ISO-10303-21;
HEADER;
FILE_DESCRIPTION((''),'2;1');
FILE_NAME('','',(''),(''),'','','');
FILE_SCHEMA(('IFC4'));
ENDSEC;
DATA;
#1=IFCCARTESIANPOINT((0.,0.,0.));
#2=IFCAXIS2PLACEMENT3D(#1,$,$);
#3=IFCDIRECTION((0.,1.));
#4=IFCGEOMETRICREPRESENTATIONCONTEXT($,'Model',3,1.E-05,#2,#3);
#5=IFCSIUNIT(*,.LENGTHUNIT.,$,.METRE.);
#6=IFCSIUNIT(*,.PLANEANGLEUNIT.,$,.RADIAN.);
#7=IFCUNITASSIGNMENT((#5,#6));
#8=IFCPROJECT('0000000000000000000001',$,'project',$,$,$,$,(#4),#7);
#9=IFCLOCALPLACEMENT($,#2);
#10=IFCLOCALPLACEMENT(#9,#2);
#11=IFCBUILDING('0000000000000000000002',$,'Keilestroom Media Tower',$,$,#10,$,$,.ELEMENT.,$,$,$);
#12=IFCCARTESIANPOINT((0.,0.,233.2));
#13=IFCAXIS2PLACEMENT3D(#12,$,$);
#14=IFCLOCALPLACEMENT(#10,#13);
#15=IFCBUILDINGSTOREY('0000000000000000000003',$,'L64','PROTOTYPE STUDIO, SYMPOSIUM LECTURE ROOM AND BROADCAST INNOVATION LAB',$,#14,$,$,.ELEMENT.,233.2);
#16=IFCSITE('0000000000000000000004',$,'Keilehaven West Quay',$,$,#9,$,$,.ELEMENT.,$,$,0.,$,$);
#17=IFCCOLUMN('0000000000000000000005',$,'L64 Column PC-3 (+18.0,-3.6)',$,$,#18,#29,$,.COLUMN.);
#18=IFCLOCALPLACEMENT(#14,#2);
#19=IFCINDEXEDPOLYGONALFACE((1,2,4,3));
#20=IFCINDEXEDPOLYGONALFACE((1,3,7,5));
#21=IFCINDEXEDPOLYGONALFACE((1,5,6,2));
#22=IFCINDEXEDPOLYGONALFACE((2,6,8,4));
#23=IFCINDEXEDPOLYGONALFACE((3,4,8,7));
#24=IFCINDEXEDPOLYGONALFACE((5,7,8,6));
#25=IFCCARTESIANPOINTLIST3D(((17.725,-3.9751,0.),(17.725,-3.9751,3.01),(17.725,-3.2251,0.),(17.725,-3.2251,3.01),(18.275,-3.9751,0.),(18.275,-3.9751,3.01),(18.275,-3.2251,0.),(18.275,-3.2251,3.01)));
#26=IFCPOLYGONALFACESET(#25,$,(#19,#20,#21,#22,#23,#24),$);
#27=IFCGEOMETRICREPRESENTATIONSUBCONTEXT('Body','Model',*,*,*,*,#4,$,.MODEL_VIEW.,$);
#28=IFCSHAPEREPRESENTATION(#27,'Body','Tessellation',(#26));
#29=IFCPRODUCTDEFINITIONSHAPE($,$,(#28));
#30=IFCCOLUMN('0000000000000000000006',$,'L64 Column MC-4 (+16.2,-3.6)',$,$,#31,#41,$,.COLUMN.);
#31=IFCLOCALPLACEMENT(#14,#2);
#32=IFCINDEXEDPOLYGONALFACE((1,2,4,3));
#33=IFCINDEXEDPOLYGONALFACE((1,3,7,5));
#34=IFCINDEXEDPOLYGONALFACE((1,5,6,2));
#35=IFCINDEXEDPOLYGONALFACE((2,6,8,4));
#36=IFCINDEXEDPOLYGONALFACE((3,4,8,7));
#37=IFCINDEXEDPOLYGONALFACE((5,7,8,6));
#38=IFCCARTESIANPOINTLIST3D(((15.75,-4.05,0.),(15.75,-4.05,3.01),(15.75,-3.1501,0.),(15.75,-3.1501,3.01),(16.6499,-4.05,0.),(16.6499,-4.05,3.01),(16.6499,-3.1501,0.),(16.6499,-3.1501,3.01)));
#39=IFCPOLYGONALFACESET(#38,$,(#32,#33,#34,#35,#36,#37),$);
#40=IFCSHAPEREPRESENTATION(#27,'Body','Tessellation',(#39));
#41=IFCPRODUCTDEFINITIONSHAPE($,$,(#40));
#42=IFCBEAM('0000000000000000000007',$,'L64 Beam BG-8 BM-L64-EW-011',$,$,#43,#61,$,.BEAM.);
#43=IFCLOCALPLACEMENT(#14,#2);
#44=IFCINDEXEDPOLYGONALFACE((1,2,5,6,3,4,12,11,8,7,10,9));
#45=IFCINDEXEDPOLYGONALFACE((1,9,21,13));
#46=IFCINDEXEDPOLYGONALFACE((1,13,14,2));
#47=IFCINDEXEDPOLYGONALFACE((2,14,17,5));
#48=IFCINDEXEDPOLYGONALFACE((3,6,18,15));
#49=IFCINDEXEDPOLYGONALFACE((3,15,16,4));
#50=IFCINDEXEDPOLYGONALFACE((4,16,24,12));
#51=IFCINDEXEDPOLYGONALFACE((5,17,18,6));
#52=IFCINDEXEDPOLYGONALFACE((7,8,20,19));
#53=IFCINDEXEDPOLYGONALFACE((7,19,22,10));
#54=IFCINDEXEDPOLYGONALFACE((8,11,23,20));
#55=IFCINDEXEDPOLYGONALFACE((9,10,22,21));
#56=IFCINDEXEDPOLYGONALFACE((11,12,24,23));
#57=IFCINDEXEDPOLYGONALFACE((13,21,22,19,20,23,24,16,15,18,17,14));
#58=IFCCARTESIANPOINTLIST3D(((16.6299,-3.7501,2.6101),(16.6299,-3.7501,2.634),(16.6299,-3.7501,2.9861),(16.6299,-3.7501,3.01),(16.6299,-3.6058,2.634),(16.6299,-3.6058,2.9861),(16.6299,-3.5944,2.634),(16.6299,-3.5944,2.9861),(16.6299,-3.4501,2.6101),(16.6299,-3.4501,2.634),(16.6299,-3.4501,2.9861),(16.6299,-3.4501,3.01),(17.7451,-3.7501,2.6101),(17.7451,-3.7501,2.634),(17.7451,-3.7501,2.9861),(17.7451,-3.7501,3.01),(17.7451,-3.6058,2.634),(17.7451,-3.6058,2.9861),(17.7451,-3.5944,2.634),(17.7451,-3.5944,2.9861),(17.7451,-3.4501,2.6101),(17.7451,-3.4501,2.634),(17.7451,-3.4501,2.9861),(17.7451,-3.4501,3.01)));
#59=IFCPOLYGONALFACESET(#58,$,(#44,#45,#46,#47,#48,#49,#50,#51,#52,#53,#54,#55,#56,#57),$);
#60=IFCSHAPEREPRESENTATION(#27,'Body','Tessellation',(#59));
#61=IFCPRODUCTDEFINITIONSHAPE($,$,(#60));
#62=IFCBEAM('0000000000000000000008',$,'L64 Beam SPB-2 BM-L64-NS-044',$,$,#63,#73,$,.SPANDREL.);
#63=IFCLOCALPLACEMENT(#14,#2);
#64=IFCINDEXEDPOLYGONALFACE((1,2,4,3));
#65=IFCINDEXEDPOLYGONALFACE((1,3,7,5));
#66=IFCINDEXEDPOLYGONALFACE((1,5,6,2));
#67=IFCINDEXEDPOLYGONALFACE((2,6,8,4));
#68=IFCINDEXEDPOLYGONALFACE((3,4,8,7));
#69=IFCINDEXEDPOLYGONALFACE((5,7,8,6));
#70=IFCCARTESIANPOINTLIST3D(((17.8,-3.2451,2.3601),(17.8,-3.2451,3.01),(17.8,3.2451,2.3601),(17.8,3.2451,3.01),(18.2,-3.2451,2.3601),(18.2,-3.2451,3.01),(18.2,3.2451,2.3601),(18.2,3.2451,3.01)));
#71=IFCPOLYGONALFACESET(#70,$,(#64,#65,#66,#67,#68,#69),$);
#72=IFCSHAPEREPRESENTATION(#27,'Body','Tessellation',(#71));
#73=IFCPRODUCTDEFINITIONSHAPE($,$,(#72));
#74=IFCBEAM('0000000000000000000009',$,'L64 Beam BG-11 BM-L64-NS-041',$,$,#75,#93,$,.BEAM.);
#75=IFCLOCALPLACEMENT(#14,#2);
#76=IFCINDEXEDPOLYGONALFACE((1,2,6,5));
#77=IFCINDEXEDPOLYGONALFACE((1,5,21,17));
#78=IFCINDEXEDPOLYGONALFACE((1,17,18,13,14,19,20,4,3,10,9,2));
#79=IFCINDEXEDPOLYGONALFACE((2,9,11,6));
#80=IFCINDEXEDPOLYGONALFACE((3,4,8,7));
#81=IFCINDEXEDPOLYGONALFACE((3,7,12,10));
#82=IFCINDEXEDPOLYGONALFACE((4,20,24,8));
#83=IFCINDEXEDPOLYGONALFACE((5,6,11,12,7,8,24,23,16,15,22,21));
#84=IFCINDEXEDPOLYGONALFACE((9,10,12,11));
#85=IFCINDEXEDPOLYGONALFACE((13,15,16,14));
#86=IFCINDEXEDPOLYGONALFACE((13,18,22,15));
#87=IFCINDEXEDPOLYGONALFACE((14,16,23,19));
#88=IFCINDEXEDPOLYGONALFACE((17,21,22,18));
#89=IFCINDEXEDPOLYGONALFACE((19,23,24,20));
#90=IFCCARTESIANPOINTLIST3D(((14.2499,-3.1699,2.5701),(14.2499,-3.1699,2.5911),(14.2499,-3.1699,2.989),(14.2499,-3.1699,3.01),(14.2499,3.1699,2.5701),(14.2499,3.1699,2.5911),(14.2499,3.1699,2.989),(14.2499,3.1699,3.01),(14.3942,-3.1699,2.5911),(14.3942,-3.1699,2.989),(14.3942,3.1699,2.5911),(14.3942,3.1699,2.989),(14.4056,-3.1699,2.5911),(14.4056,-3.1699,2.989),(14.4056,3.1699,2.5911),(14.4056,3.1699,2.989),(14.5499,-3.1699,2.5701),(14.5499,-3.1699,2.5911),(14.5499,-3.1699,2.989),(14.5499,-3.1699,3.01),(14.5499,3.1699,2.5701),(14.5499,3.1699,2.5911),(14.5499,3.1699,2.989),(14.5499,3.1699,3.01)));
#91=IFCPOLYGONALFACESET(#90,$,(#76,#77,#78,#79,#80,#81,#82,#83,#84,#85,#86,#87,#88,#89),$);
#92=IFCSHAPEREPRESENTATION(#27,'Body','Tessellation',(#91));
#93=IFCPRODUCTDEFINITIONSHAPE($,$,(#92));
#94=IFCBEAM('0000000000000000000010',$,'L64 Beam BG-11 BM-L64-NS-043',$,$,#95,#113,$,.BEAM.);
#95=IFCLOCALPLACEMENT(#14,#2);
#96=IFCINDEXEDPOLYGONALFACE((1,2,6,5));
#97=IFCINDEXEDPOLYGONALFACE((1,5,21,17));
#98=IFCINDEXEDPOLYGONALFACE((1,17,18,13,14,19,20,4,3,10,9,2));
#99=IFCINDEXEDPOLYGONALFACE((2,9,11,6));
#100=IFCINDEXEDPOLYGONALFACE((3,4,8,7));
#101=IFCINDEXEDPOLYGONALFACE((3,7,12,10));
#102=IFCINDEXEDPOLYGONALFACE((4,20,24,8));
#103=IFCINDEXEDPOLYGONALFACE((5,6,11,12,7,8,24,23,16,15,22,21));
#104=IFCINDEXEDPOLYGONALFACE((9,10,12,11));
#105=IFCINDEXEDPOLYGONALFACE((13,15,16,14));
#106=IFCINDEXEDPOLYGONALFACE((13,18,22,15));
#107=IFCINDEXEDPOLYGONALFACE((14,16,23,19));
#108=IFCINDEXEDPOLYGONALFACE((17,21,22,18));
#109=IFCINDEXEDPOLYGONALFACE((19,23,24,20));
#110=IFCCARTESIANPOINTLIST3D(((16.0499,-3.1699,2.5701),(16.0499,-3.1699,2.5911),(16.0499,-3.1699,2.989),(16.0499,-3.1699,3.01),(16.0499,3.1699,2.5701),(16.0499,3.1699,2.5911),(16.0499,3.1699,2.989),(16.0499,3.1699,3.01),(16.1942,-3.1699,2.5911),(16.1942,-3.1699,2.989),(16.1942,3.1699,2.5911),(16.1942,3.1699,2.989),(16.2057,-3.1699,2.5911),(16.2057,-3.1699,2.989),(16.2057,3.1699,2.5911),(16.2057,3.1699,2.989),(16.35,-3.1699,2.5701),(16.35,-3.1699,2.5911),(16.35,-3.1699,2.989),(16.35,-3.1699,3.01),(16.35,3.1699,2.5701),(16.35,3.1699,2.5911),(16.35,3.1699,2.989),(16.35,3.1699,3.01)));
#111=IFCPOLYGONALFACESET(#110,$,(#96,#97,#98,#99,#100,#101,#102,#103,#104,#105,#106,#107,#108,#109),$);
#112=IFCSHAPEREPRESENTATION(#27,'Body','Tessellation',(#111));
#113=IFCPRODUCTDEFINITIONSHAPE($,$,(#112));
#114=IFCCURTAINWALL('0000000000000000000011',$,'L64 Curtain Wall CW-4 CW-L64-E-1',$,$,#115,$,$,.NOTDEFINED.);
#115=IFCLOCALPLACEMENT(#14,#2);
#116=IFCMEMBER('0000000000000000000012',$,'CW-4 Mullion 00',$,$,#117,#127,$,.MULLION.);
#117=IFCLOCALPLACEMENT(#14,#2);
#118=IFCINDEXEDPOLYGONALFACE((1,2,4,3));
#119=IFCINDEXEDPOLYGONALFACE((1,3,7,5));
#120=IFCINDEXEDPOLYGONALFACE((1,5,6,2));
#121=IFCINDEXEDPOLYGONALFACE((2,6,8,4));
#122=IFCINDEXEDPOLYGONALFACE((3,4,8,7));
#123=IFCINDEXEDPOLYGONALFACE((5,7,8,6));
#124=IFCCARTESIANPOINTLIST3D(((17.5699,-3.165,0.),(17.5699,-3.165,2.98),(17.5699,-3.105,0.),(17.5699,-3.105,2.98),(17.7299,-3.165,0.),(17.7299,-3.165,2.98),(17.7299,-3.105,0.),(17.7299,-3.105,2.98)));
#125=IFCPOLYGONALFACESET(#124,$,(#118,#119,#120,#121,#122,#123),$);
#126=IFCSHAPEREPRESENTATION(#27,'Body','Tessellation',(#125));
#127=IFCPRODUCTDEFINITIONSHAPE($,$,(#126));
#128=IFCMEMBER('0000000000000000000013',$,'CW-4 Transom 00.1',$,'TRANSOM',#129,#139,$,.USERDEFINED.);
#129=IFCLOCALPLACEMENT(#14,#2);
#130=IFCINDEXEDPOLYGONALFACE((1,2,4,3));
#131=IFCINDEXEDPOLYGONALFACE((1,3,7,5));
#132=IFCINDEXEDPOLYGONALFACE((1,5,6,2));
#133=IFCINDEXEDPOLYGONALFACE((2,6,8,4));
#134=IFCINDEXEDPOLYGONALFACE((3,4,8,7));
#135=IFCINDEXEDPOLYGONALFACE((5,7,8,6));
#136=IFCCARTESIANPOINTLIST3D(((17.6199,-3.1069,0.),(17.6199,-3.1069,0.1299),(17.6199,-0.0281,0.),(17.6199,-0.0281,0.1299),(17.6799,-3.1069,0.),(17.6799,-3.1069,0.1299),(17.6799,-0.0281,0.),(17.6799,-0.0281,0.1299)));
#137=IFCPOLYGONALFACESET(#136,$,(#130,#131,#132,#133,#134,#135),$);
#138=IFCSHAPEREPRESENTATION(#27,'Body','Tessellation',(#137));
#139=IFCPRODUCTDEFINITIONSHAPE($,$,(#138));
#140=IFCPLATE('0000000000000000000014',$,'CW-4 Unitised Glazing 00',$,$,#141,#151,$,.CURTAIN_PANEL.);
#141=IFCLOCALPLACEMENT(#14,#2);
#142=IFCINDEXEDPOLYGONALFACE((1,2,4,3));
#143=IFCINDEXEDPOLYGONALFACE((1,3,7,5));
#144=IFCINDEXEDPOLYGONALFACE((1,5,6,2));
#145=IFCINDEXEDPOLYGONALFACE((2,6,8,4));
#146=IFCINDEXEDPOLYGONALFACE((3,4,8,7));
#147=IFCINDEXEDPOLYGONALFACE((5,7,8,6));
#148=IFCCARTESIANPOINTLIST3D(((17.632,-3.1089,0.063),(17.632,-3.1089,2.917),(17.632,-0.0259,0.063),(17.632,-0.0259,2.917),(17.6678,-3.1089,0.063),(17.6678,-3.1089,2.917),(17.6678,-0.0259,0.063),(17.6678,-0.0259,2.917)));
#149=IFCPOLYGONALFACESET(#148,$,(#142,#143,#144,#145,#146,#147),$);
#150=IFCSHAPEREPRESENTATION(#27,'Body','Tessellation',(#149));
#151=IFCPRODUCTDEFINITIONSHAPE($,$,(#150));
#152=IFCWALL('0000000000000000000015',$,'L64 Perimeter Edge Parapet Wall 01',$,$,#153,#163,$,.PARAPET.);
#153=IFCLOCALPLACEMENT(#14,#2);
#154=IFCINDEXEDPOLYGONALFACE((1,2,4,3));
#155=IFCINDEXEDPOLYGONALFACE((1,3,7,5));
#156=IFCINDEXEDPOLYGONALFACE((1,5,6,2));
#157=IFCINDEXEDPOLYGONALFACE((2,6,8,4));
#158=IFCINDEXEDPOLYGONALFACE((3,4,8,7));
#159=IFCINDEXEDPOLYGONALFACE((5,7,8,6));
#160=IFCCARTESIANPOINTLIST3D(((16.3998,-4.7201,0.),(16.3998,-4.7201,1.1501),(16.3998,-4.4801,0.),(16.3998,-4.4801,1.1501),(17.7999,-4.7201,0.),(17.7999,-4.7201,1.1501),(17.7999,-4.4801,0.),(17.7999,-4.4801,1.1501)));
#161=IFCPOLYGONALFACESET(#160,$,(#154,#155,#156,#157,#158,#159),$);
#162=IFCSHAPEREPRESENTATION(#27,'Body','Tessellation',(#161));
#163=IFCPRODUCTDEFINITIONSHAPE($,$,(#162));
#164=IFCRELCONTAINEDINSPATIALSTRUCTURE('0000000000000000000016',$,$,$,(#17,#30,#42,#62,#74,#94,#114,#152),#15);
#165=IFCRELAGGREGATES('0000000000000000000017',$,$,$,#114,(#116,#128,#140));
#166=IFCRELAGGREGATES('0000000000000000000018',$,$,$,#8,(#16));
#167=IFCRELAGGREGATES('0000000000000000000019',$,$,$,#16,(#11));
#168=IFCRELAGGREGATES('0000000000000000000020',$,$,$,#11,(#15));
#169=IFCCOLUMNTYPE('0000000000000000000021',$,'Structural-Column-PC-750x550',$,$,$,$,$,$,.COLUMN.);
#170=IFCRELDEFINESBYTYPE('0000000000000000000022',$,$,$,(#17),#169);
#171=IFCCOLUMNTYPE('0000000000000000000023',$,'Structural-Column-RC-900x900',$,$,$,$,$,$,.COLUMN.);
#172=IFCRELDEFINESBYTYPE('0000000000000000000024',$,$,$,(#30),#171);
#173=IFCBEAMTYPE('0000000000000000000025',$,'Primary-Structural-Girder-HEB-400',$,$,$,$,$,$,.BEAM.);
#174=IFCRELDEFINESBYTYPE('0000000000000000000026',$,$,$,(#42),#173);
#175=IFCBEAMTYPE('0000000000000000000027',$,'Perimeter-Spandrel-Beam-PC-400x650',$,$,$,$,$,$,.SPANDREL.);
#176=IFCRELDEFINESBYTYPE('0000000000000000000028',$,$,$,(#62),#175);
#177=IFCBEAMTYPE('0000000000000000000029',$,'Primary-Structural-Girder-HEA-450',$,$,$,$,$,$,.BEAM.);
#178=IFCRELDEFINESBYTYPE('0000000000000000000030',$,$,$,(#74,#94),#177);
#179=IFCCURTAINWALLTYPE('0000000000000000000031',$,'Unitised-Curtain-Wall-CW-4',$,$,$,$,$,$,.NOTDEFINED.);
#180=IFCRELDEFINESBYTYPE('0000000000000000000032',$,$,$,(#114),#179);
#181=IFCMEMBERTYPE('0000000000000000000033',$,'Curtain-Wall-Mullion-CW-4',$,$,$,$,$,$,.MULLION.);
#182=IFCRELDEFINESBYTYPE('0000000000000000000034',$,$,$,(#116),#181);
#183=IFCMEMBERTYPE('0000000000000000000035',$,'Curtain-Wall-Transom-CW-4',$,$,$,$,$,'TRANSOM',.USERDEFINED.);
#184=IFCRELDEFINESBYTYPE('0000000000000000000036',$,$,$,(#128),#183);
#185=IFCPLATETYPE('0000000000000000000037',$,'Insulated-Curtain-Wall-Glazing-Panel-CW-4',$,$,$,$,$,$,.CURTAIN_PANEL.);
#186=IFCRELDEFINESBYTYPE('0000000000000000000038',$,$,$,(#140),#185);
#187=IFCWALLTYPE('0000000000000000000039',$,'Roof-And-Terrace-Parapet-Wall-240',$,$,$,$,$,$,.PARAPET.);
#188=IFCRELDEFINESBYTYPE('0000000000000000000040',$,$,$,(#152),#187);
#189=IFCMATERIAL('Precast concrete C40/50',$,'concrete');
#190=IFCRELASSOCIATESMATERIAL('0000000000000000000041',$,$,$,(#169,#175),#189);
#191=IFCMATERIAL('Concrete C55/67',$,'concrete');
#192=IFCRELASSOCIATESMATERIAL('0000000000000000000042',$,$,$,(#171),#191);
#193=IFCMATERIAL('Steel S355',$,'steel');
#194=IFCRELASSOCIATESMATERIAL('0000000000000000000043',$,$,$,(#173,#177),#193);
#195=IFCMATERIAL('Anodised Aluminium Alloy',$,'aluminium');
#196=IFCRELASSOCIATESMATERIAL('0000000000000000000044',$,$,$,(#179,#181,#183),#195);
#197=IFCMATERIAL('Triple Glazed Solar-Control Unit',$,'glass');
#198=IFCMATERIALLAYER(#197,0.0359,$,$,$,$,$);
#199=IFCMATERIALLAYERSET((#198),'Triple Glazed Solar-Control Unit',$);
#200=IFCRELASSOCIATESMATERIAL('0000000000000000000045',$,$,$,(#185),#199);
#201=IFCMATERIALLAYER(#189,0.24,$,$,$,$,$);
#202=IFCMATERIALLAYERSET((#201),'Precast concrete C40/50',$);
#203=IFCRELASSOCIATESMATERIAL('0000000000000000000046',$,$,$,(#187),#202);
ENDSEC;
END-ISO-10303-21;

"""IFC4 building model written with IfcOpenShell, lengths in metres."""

from ifc_helpers import new_model, si_unit, direction, frame, frame_2d, origin, origin_2d, place, context, subcontext, project, spatial, rectangle, i_section, extrude, source, transform, mapped, material, layer, layer_set, material_profile, profile_set, type_object, element, aggregate, save


model = new_model("IFC4")

# Units and contexts
model_context = context("Model", 3, precision=1e-05, world=origin(), true_north=direction((0.0, 1.0)))
body_context = subcontext(model_context, "Body", "Model", "MODEL_VIEW")
ifc_project = project(units=[si_unit("LENGTHUNIT", "METRE"), si_unit("PLANEANGLEUNIT", "RADIAN")], contexts=[model_context])

# Site, building, storey
site_placement = place(None, origin())
site = spatial("IfcSite", under=ifc_project, at=site_placement, Name="Keilehaven West Quay", CompositionType="ELEMENT", RefElevation=0.0)
building_placement = place(site_placement, origin())
building = spatial("IfcBuilding", under=site, at=building_placement, Name="Keilestroom Media Tower", CompositionType="ELEMENT")
storey_placement = place(building_placement, frame((0.0, 0.0, 233.2)))
storey = spatial("IfcBuildingStorey", under=building, at=storey_placement, Name="L64", Description="PROTOTYPE STUDIO, SYMPOSIUM LECTURE ROOM AND BROADCAST INNOVATION LAB", CompositionType="ELEMENT", Elevation=233.2)

# Columns
ifc_material_1 = material(Name="Precast concrete C40/50", Category="concrete")
ifc_material_profile_1 = material_profile(ifc_material_1, rectangle(XDim=0.55, YDim=0.75, at=origin_2d()), Name="PC 750x550")
ifc_profile_set_1 = profile_set([ifc_material_profile_1], Name="Precast concrete C40/50")
column_type_1 = type_object("IfcColumnType", Name="Structural-Column-PC-750x550", PredefinedType="COLUMN", material=ifc_profile_set_1)
shared_shape_1 = source(origin(), body_context, "Body", "SweptSolid", [
    extrude(rectangle(XDim=0.55, YDim=0.75, at=origin_2d()), origin(), (0.0, 0.0, 1.0), 3.01),
])
column_1_placement = place(storey_placement, frame((18.0, -3.6001, 0.0), z_axis=(0.0, 0.0, 1.0), x_axis=(1.0, 0.0, 0.0)))
element("IfcColumn", 1, at=column_1_placement, inside=storey, type_object=column_type_1, Name="L64 Column PC-3 (+18.0,-3.6)", PredefinedType="COLUMN", context=body_context, shape_type="MappedRepresentation", body=[
    mapped(shared_shape_1, transform((0.0, 0.0, 0.0), x_axis=(1.0, 0.0, 0.0), y_axis=(0.0, 1.0, 0.0), z_axis=(0.0, 0.0, 1.0), scale=1.0)),
])
ifc_material_2 = material(Name="Concrete C55/67", Category="concrete")
ifc_material_profile_2 = material_profile(ifc_material_2, rectangle(XDim=0.8999, YDim=0.8999, at=origin_2d()), Name="RC 900x900")
ifc_profile_set_2 = profile_set([ifc_material_profile_2], Name="Concrete C55/67")
column_type_2 = type_object("IfcColumnType", Name="Structural-Column-RC-900x900", PredefinedType="COLUMN", material=ifc_profile_set_2)
shared_shape_2 = source(origin(), body_context, "Body", "SweptSolid", [
    extrude(rectangle(XDim=0.8999, YDim=0.8999, at=origin_2d()), origin(), (0.0, 0.0, 1.0), 3.01),
])
column_2_placement = place(storey_placement, frame((16.2, -3.6001, 0.0), z_axis=(0.0, 0.0, 1.0), x_axis=(1.0, 0.0, 0.0)))
element("IfcColumn", 2, at=column_2_placement, inside=storey, type_object=column_type_2, Name="L64 Column MC-4 (+16.2,-3.6)", PredefinedType="COLUMN", context=body_context, shape_type="MappedRepresentation", body=[
    mapped(shared_shape_2, transform((0.0, 0.0, 0.0), x_axis=(1.0, 0.0, 0.0), y_axis=(0.0, 1.0, 0.0), z_axis=(0.0, 0.0, 1.0), scale=1.0)),
])

# Beams
ifc_material_3 = material(Name="Steel S355", Category="steel")
ifc_material_profile_3 = material_profile(ifc_material_3, i_section(OverallWidth=0.3, OverallDepth=0.3999, WebThickness=0.0115, FlangeThickness=0.0239, at=origin_2d()), Name="HEB 400")
ifc_profile_set_3 = profile_set([ifc_material_profile_3], Name="Steel S355")
beam_type_1 = type_object("IfcBeamType", Name="Primary-Structural-Girder-HEB-400", PredefinedType="BEAM", material=ifc_profile_set_3)
shared_shape_3 = source(origin(), body_context, "Body", "SweptSolid", [
    extrude(i_section(OverallWidth=0.3, OverallDepth=0.3999, WebThickness=0.0115, FlangeThickness=0.0239, at=origin_2d()), origin(), (0.0, 0.0, 1.0), 1.1152),
])
beam_1_placement = place(storey_placement, frame((16.6299, -3.6001, 2.8101), z_axis=(1.0, 0.0, 0.0), x_axis=(0.0, 1.0, 0.0)))
element("IfcBeam", 3, at=beam_1_placement, inside=storey, type_object=beam_type_1, Name="L64 Beam BG-8 BM-L64-EW-011", PredefinedType="BEAM", context=body_context, shape_type="MappedRepresentation", body=[
    mapped(shared_shape_3, transform((0.0, 0.0, 0.0), x_axis=(1.0, 0.0, 0.0), y_axis=(0.0, 1.0, 0.0), z_axis=(0.0, 0.0, 1.0), scale=1.0)),
])
ifc_material_profile_4 = material_profile(ifc_material_1, rectangle(XDim=0.3999, YDim=0.6499, at=origin_2d()), Name="PC 400x650")
ifc_profile_set_4 = profile_set([ifc_material_profile_4], Name="Precast concrete C40/50")
beam_type_2 = type_object("IfcBeamType", Name="Perimeter-Spandrel-Beam-PC-400x650", PredefinedType="SPANDREL", material=ifc_profile_set_4)
shared_shape_4 = source(origin(), body_context, "Body", "SweptSolid", [
    extrude(rectangle(XDim=0.3999, YDim=0.6499, at=origin_2d()), origin(), (0.0, 0.0, 1.0), 6.4902),
])
beam_2_placement = place(storey_placement, frame((18.0, -3.2451, 2.6851), z_axis=(0.0, 1.0, 0.0), x_axis=(-1.0, 0.0, 0.0)))
element("IfcBeam", 4, at=beam_2_placement, inside=storey, type_object=beam_type_2, Name="L64 Beam SPB-2 BM-L64-NS-044", PredefinedType="SPANDREL", context=body_context, shape_type="MappedRepresentation", body=[
    mapped(shared_shape_4, transform((0.0, 0.0, 0.0), x_axis=(1.0, 0.0, 0.0), y_axis=(0.0, 1.0, 0.0), z_axis=(0.0, 0.0, 1.0), scale=1.0)),
])
ifc_material_profile_5 = material_profile(ifc_material_3, i_section(OverallWidth=0.3, OverallDepth=0.4399, WebThickness=0.0115, FlangeThickness=0.021, at=origin_2d()), Name="HEA 450")
ifc_profile_set_5 = profile_set([ifc_material_profile_5], Name="Steel S355")
beam_type_3 = type_object("IfcBeamType", Name="Primary-Structural-Girder-HEA-450", PredefinedType="BEAM", material=ifc_profile_set_5)
shared_shape_5 = source(origin(), body_context, "Body", "SweptSolid", [
    extrude(i_section(OverallWidth=0.3, OverallDepth=0.4399, WebThickness=0.0115, FlangeThickness=0.021, at=origin_2d()), origin(), (0.0, 0.0, 1.0), 6.3398),
])
for number, where, z_axis, x_axis, name in (
    (5, (14.3999, -3.1699, 2.79), (0.0, 1.0, 0.0), (-1.0, 0.0, 0.0), "L64 Beam BG-11 BM-L64-NS-041"),
    (6, (16.2, -3.1699, 2.79), (0.0, 1.0, 0.0), (-1.0, 0.0, 0.0), "L64 Beam BG-11 BM-L64-NS-043"),
):
    element("IfcBeam", number, at=place(storey_placement, frame(where, z_axis=z_axis, x_axis=x_axis)), inside=storey, type_object=beam_type_3, Name=name, PredefinedType="BEAM", context=body_context, shape_type="MappedRepresentation", body=[
        mapped(shared_shape_5, transform((0.0, 0.0, 0.0), x_axis=(1.0, 0.0, 0.0), y_axis=(0.0, 1.0, 0.0), z_axis=(0.0, 0.0, 1.0), scale=1.0)),
    ])

# Curtain wall, members, plate
ifc_material_4 = material(Name="Anodised Aluminium Alloy", Category="aluminium")
curtain_wall_type = type_object("IfcCurtainWallType", Name="Unitised-Curtain-Wall-CW-4", PredefinedType="NOTDEFINED", material=ifc_material_4)
curtain_wall_placement = place(storey_placement, origin())
curtain_wall = element("IfcCurtainWall", 7, at=curtain_wall_placement, inside=storey, type_object=curtain_wall_type, Name="L64 Curtain Wall CW-4 CW-L64-E-1", PredefinedType="NOTDEFINED")
ifc_material_profile_6 = material_profile(ifc_material_4, rectangle(XDim=0.0601, YDim=0.1599, at=origin_2d()), Name="ALU MULLION 60x160")
ifc_profile_set_6 = profile_set([ifc_material_profile_6], Name="Anodised Aluminium Alloy")
member_type_1 = type_object("IfcMemberType", Name="Curtain-Wall-Mullion-CW-4", PredefinedType="MULLION", material=ifc_profile_set_6)
shared_shape_6 = source(origin(), body_context, "Body", "SweptSolid", [
    extrude(rectangle(XDim=0.0601, YDim=0.1599, at=origin_2d()), origin(), (0.0, 0.0, 1.0), 2.98),
])
member_1_placement = place(storey_placement, frame((17.6499, -3.135, 0.0), z_axis=(0.0, 0.0, 1.0), x_axis=(0.0, 1.0, 0.0)))
member_1 = element("IfcMember", 8, at=member_1_placement, type_object=member_type_1, Name="CW-4 Mullion 00", PredefinedType="MULLION", context=body_context, shape_type="MappedRepresentation", body=[
    mapped(shared_shape_6, transform((0.0, 0.0, 0.0), x_axis=(1.0, 0.0, 0.0), y_axis=(0.0, 1.0, 0.0), z_axis=(0.0, 0.0, 1.0), scale=1.0)),
])
ifc_material_profile_7 = material_profile(ifc_material_4, rectangle(XDim=0.0601, YDim=0.1299, at=origin_2d()), Name="ALU TRANSOM 60x130")
ifc_profile_set_7 = profile_set([ifc_material_profile_7], Name="Anodised Aluminium Alloy")
member_type_2 = type_object("IfcMemberType", Name="Curtain-Wall-Transom-CW-4", ElementType="TRANSOM", PredefinedType="USERDEFINED", material=ifc_profile_set_7)
shared_shape_7 = source(origin(), body_context, "Body", "SweptSolid", [
    extrude(rectangle(XDim=0.0601, YDim=0.1299, at=origin_2d()), origin(), (0.0, 0.0, 1.0), 3.0789),
])
member_2_placement = place(storey_placement, frame((17.6499, -3.1069, 0.0649), z_axis=(0.0, 1.0, 0.0), x_axis=(-1.0, 0.0, 0.0)))
member_2 = element("IfcMember", 9, at=member_2_placement, type_object=member_type_2, Name="CW-4 Transom 00.1", ObjectType="TRANSOM", PredefinedType="USERDEFINED", context=body_context, shape_type="MappedRepresentation", body=[
    mapped(shared_shape_7, transform((0.0, 0.0, 0.0), x_axis=(1.0, 0.0, 0.0), y_axis=(0.0, 1.0, 0.0), z_axis=(0.0, 0.0, 1.0), scale=1.0)),
])
ifc_material_5 = material(Name="Triple Glazed Solar-Control Unit", Category="glass")
ifc_layer_1 = layer(ifc_material_5, 0.0359)
ifc_layer_set_1 = layer_set([ifc_layer_1], Name="Triple Glazed Solar-Control Unit")
plate_type = type_object("IfcPlateType", Name="Insulated-Curtain-Wall-Glazing-Panel-CW-4", PredefinedType="CURTAIN_PANEL", material=ifc_layer_set_1)
shared_shape_8 = source(origin(), body_context, "Body", "SweptSolid", [
    extrude(rectangle(XDim=3.083, YDim=0.0359, at=origin_2d()), origin(), (0.0, 0.0, 1.0), 2.854),
])
plate_placement = place(storey_placement, frame((17.6499, -1.5674, 0.063), z_axis=(0.0, 0.0, 1.0), x_axis=(0.0, 1.0, 0.0)))
plate = element("IfcPlate", 10, at=plate_placement, type_object=plate_type, Name="CW-4 Unitised Glazing 00", PredefinedType="CURTAIN_PANEL", context=body_context, shape_type="MappedRepresentation", body=[
    mapped(shared_shape_8, transform((0.0, 0.0, 0.0), x_axis=(1.0, 0.0, 0.0), y_axis=(0.0, 1.0, 0.0), z_axis=(0.0, 0.0, 1.0), scale=1.0)),
])
aggregate(curtain_wall, [member_1, member_2, plate])

# Wall
ifc_layer_2 = layer(ifc_material_1, 0.24)
ifc_layer_set_2 = layer_set([ifc_layer_2], Name="Precast concrete C40/50")
wall_type = type_object("IfcWallType", Name="Roof-And-Terrace-Parapet-Wall-240", PredefinedType="PARAPET", material=ifc_layer_set_2)
wall_1_placement = place(storey_placement, frame((17.8, -4.6001, 0.0), z_axis=(0.0, 0.0, 1.0), x_axis=(-1.0, 0.0, 0.0)))
element("IfcWall", 11, at=wall_1_placement, inside=storey, type_object=wall_type, Name="L64 Perimeter Edge Parapet Wall 01", PredefinedType="PARAPET", context=body_context, shape_type="SweptSolid", body=[
    extrude(rectangle(XDim=1.4001, YDim=0.24, at=frame_2d((0.7002, 0.0))), origin(), (0.0, 0.0, 1.0), 1.1501),
])

save(model, "model.ifc")
